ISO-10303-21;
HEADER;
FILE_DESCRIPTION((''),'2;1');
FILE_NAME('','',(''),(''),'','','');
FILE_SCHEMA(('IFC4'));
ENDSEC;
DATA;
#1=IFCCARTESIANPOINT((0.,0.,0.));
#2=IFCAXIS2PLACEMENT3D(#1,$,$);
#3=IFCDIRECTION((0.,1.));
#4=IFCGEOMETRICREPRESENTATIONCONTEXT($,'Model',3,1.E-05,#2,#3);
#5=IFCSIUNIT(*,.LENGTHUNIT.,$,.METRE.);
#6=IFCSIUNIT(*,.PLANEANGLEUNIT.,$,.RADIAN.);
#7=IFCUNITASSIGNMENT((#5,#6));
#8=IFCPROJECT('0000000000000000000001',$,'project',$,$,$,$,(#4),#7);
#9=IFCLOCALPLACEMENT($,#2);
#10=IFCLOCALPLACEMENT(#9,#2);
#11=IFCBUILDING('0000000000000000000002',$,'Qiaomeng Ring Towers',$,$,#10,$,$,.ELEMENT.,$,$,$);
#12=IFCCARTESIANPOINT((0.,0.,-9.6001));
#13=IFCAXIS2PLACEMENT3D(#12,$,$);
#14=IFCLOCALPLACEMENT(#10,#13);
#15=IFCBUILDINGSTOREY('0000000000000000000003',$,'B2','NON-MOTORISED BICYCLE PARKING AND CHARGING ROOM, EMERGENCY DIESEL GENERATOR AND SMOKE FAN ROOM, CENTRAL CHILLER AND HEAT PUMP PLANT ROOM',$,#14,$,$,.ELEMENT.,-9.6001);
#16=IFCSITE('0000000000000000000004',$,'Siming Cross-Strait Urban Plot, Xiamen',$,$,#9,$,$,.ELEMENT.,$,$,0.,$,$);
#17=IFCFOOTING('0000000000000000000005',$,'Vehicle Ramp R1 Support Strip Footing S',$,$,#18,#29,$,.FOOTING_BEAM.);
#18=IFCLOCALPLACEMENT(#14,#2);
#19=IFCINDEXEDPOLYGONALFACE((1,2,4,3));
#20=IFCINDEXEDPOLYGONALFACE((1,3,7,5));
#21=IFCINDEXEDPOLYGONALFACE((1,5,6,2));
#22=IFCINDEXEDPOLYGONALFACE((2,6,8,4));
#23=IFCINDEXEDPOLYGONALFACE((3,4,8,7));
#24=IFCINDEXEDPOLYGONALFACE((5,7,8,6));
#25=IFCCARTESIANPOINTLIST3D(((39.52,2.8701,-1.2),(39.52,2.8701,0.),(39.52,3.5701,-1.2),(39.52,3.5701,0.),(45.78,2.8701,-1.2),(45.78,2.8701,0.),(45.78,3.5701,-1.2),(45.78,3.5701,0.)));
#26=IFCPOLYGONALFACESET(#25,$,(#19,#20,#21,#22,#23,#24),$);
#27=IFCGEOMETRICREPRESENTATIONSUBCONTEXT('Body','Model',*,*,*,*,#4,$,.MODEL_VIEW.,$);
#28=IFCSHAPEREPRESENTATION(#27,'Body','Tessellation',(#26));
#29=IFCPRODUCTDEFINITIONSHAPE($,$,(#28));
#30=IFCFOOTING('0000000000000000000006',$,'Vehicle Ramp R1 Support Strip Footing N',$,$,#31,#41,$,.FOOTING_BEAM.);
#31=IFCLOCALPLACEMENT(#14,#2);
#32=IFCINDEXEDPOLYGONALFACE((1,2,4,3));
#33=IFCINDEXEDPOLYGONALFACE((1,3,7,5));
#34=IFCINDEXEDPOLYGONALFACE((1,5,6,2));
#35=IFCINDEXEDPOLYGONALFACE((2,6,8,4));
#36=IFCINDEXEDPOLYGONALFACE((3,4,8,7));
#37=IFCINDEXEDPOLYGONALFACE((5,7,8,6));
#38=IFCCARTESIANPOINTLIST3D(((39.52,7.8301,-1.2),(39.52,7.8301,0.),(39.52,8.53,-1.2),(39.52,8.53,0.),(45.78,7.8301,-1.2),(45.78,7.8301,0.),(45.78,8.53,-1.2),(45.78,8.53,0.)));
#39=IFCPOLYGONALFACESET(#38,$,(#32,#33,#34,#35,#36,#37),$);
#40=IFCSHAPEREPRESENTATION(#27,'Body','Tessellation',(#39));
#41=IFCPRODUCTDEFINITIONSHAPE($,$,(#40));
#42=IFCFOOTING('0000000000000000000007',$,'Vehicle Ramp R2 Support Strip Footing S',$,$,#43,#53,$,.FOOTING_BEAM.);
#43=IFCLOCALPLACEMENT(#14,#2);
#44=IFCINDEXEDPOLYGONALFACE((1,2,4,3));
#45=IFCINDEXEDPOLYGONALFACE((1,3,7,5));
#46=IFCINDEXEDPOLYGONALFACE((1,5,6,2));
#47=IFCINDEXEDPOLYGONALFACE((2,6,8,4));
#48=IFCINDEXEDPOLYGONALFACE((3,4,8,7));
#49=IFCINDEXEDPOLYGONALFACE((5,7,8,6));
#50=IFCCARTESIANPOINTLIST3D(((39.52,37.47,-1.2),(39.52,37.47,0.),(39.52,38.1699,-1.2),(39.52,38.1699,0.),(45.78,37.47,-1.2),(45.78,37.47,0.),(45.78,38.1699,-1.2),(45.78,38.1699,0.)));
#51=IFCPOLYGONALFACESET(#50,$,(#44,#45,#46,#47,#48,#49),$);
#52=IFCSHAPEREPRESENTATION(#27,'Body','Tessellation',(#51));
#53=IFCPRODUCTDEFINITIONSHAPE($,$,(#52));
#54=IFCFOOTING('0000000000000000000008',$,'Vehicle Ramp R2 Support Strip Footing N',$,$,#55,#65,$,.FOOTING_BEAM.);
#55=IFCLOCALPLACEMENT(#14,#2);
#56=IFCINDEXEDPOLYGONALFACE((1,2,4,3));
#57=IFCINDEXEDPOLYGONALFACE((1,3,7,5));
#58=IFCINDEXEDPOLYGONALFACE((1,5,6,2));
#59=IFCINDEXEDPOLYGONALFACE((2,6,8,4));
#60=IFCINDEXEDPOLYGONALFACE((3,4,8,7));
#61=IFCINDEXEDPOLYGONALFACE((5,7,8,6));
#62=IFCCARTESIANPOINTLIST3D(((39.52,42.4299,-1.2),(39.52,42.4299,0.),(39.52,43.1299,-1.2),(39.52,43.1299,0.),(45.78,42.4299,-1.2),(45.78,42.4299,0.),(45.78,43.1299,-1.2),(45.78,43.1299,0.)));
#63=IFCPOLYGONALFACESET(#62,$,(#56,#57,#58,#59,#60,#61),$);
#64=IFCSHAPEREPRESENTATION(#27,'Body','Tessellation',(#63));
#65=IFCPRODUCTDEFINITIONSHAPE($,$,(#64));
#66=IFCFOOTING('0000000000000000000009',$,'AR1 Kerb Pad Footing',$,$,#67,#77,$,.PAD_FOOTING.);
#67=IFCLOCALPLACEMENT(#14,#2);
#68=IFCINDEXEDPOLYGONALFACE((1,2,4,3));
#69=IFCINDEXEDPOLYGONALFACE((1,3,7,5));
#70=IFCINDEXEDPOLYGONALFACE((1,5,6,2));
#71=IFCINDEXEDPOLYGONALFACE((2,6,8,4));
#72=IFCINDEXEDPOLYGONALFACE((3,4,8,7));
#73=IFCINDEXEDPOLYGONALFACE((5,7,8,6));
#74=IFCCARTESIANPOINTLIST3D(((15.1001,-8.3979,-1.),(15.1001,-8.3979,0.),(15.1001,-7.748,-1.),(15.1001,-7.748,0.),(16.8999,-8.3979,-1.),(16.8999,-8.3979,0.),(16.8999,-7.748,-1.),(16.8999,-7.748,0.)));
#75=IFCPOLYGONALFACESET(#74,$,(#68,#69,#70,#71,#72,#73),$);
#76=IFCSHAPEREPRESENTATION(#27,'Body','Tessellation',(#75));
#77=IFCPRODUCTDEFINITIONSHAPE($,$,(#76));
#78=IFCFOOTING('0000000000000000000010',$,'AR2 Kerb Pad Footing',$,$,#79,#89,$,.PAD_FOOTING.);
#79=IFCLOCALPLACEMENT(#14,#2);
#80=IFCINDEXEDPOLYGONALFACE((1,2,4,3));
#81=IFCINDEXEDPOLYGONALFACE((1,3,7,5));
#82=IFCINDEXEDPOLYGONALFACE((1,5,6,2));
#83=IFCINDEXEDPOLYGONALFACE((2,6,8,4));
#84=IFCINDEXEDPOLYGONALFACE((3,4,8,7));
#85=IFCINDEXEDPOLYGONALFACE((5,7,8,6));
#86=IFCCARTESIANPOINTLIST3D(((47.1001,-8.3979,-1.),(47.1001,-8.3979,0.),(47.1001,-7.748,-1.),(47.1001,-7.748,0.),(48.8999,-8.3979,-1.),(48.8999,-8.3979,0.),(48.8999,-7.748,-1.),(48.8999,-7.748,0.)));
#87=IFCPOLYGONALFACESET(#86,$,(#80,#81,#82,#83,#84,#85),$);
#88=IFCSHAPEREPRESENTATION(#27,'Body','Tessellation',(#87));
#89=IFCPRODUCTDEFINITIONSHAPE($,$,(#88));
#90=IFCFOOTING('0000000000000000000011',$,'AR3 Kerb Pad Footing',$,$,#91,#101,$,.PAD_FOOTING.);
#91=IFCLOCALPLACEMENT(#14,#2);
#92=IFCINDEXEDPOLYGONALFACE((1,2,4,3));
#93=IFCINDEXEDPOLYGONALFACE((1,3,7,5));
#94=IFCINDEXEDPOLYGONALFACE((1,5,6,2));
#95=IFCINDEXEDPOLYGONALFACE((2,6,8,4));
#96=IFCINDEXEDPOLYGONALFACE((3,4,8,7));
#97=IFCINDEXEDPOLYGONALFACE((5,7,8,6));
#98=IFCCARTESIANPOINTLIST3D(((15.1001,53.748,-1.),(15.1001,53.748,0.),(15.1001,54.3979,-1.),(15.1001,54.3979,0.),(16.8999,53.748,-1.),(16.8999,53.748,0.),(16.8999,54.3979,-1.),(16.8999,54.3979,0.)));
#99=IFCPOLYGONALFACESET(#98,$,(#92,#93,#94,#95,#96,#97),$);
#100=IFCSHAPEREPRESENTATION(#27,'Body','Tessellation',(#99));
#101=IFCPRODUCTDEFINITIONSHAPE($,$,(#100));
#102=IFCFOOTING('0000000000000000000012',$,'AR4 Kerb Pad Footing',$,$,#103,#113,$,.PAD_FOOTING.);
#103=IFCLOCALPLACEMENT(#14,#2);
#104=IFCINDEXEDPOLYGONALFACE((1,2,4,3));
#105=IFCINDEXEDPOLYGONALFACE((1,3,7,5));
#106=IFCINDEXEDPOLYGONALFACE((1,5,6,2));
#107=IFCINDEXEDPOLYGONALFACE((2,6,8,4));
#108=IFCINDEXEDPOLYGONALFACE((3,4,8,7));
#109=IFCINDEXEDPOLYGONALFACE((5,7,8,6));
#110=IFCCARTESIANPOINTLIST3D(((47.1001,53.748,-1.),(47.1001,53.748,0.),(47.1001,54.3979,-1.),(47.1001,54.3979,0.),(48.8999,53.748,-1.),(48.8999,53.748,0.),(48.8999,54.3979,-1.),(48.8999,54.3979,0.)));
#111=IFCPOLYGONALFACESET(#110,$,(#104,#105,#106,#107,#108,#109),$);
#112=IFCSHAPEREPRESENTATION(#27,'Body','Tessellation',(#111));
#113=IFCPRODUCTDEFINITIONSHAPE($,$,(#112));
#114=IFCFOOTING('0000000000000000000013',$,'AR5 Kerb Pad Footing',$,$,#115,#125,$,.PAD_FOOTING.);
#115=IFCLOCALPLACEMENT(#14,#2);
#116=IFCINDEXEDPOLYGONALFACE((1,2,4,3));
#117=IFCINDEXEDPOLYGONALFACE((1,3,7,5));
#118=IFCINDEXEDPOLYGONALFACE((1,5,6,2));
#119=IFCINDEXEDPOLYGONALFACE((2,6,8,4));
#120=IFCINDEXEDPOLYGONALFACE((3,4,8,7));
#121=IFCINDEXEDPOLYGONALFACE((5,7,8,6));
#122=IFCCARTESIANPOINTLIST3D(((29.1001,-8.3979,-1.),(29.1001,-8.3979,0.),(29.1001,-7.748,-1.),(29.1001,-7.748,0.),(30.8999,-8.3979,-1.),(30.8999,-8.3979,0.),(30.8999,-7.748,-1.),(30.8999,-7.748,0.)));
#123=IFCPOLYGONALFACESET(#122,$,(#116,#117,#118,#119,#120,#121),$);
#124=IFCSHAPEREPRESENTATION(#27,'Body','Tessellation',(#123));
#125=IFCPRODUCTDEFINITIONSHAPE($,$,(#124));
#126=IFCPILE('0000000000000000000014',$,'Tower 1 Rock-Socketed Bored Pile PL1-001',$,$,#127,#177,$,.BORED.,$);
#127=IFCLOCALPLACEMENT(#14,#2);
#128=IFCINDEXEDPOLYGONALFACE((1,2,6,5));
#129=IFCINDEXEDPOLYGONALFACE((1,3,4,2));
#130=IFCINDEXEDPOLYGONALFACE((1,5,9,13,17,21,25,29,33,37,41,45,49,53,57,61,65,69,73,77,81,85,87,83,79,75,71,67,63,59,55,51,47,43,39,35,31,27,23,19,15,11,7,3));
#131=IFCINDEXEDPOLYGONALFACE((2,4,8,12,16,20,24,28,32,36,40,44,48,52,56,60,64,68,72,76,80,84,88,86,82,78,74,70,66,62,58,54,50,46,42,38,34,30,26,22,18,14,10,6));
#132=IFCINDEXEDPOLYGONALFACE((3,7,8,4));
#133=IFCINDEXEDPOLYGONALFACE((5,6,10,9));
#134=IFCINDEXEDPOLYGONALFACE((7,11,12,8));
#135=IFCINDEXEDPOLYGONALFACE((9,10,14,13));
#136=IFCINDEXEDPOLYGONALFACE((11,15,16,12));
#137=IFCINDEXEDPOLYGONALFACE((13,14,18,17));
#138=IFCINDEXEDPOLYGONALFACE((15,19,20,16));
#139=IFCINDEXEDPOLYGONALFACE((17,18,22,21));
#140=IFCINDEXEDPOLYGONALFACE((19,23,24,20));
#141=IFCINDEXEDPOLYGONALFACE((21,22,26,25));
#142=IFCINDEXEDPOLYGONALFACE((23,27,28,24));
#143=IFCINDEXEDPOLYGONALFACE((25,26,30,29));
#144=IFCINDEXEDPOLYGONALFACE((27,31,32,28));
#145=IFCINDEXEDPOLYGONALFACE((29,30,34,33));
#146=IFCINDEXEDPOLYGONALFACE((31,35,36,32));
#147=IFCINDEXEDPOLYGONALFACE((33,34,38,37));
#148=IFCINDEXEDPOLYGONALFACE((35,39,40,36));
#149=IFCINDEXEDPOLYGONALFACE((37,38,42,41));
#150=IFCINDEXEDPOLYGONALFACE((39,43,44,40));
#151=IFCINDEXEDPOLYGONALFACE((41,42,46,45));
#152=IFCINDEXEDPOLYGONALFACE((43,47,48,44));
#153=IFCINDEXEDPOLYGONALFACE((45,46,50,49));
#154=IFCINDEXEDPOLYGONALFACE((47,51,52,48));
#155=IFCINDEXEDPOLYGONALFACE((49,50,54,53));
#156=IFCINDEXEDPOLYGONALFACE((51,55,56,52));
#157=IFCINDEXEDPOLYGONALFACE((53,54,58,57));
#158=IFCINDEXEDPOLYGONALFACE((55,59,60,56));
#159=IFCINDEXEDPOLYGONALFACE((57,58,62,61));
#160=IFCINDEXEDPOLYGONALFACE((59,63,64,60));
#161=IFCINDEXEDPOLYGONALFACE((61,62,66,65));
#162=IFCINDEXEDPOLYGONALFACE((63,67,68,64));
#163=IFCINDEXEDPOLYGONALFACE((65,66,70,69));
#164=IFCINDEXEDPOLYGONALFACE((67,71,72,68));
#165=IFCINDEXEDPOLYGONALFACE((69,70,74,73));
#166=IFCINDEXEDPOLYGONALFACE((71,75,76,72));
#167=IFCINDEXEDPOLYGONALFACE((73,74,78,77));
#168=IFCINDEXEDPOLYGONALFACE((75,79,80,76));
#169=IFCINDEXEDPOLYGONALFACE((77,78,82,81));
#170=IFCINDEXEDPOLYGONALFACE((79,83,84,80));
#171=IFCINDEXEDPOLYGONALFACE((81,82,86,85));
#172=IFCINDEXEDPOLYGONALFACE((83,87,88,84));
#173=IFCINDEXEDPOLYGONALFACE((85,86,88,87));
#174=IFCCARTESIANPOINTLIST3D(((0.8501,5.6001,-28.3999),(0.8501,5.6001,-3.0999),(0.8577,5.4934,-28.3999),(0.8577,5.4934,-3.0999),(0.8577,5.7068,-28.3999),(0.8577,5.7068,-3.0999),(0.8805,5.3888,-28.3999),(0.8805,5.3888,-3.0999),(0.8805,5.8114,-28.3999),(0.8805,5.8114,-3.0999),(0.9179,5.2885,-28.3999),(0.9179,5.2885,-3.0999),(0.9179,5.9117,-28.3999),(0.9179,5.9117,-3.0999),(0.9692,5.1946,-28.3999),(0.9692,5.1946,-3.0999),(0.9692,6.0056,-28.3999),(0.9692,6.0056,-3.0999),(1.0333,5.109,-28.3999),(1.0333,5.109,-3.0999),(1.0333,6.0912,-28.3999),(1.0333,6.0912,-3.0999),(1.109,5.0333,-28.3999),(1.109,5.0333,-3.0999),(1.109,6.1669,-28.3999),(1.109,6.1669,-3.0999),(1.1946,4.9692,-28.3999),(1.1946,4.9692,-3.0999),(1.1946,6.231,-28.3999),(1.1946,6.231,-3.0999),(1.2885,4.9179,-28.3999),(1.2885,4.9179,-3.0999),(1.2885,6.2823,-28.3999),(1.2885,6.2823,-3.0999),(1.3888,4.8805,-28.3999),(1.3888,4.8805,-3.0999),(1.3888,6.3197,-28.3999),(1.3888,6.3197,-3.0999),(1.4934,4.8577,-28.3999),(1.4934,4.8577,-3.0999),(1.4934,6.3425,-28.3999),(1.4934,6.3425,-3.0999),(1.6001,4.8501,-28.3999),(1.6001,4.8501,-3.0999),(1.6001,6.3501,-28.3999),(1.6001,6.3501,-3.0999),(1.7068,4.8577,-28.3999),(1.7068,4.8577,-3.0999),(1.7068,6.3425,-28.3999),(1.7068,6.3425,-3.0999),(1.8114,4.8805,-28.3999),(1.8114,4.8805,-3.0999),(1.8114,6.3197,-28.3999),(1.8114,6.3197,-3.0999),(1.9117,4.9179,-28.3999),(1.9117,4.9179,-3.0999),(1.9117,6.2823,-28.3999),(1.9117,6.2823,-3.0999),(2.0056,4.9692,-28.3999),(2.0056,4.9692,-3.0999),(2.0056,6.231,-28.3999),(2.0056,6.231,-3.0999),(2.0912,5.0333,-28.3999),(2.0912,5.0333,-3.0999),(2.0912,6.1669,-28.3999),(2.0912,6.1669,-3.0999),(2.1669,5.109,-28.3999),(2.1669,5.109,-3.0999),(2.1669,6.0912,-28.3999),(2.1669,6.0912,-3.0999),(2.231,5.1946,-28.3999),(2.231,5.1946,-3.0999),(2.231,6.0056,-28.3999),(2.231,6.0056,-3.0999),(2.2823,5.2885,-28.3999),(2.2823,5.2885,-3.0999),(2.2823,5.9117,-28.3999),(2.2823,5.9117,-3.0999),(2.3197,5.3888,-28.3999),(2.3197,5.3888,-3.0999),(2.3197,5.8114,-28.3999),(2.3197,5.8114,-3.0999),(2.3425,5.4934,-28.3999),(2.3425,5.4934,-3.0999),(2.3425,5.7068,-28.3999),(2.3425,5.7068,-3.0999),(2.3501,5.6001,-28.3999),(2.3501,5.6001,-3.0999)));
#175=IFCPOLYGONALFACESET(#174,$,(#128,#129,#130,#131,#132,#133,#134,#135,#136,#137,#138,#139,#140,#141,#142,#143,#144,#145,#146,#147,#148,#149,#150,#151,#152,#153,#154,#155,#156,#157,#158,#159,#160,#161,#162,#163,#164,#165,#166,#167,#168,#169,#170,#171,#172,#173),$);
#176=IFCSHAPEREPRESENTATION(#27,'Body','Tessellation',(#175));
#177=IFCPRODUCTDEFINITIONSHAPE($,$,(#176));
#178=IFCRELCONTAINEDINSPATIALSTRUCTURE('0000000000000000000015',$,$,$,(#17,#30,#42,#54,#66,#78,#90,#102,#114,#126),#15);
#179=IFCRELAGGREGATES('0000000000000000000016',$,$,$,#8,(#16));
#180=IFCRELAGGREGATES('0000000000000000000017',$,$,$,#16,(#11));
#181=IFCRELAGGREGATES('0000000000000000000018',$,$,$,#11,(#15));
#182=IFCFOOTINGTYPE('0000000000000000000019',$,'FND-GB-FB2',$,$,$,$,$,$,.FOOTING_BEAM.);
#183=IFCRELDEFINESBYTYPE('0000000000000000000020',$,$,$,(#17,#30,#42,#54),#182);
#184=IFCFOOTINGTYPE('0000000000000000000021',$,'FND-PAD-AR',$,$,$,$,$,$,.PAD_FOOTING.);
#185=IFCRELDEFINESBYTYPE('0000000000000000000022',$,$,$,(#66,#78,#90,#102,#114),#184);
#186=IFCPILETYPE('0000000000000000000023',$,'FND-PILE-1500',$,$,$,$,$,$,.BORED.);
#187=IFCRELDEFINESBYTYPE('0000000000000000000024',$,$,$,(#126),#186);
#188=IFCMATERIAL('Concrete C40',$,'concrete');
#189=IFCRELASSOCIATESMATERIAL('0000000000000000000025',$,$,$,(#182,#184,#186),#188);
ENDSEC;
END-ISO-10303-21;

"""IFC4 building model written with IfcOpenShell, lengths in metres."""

from ifc_helpers import new_model, si_unit, direction, frame, origin, origin_2d, place, context, subcontext, project, spatial, polyline, circle, outline, extrude, source, transform, mapped, material, material_profile, profile_set, type_object, element, save


model = new_model("IFC4")

# Units and contexts
model_context = context("Model", 3, precision=1e-05, world=origin(), true_north=direction((0.0, 1.0)))
body_context = subcontext(model_context, "Body", "Model", "MODEL_VIEW")
ifc_project = project(units=[si_unit("LENGTHUNIT", "METRE"), si_unit("PLANEANGLEUNIT", "RADIAN")], contexts=[model_context])

# Site, building, storey
site_placement = place(None, origin())
site = spatial("IfcSite", under=ifc_project, at=site_placement, Name="Siming Cross-Strait Urban Plot, Xiamen", CompositionType="ELEMENT", RefElevation=0.0)
building_placement = place(site_placement, origin())
building = spatial("IfcBuilding", under=site, at=building_placement, Name="Qiaomeng Ring Towers", CompositionType="ELEMENT")
storey_placement = place(building_placement, frame((0.0, 0.0, -9.6001)))
storey = spatial("IfcBuildingStorey", under=building, at=storey_placement, Name="B2", Description="NON-MOTORISED BICYCLE PARKING AND CHARGING ROOM, EMERGENCY DIESEL GENERATOR AND SMOKE FAN ROOM, CENTRAL CHILLER AND HEAT PUMP PLANT ROOM", CompositionType="ELEMENT", Elevation=-9.6001)

# Footings
ifc_material_1 = material(Name="Concrete C40", Category="concrete")
footing_type_1 = type_object("IfcFootingType", Name="FND-GB-FB2", PredefinedType="FOOTING_BEAM", material=ifc_material_1)
footing_1_placement = place(storey_placement, frame((0.0, 0.0, -1.2)))
element("IfcFooting", 1, at=footing_1_placement, inside=storey, type_object=footing_type_1, Name="Vehicle Ramp R1 Support Strip Footing S", PredefinedType="FOOTING_BEAM", context=body_context, shape_type="SweptSolid", body=[
    extrude(outline(polyline([(39.52, 2.8701), (45.78, 2.8701), (45.78, 3.5701), (39.52, 3.5701), (39.52, 2.8701)])), origin(), (0.0, 0.0, 1.0), 1.2),
])
footing_2_placement = place(storey_placement, frame((0.0, 0.0, -1.2)))
element("IfcFooting", 2, at=footing_2_placement, inside=storey, type_object=footing_type_1, Name="Vehicle Ramp R1 Support Strip Footing N", PredefinedType="FOOTING_BEAM", context=body_context, shape_type="SweptSolid", body=[
    extrude(outline(polyline([(39.52, 7.8301), (45.78, 7.8301), (45.78, 8.53), (39.52, 8.53), (39.52, 7.8301)])), origin(), (0.0, 0.0, 1.0), 1.2),
])
footing_3_placement = place(storey_placement, frame((0.0, 0.0, -1.2)))
element("IfcFooting", 3, at=footing_3_placement, inside=storey, type_object=footing_type_1, Name="Vehicle Ramp R2 Support Strip Footing S", PredefinedType="FOOTING_BEAM", context=body_context, shape_type="SweptSolid", body=[
    extrude(outline(polyline([(39.52, 37.47), (45.78, 37.47), (45.78, 38.1699), (39.52, 38.1699), (39.52, 37.47)])), origin(), (0.0, 0.0, 1.0), 1.2),
])
footing_4_placement = place(storey_placement, frame((0.0, 0.0, -1.2)))
element("IfcFooting", 4, at=footing_4_placement, inside=storey, type_object=footing_type_1, Name="Vehicle Ramp R2 Support Strip Footing N", PredefinedType="FOOTING_BEAM", context=body_context, shape_type="SweptSolid", body=[
    extrude(outline(polyline([(39.52, 42.4299), (45.78, 42.4299), (45.78, 43.1299), (39.52, 43.1299), (39.52, 42.4299)])), origin(), (0.0, 0.0, 1.0), 1.2),
])
footing_type_2 = type_object("IfcFootingType", Name="FND-PAD-AR", PredefinedType="PAD_FOOTING", material=ifc_material_1)
footing_5_placement = place(storey_placement, frame((0.0, 0.0, -1.0)))
element("IfcFooting", 5, at=footing_5_placement, inside=storey, type_object=footing_type_2, Name="AR1 Kerb Pad Footing", PredefinedType="PAD_FOOTING", context=body_context, shape_type="SweptSolid", body=[
    extrude(outline(polyline([(15.1001, -8.3979), (16.8999, -8.3979), (16.8999, -7.748), (15.1001, -7.748), (15.1001, -8.3979)])), origin(), (0.0, 0.0, 1.0), 1.0),
])
footing_6_placement = place(storey_placement, frame((0.0, 0.0, -1.0)))
element("IfcFooting", 6, at=footing_6_placement, inside=storey, type_object=footing_type_2, Name="AR2 Kerb Pad Footing", PredefinedType="PAD_FOOTING", context=body_context, shape_type="SweptSolid", body=[
    extrude(outline(polyline([(47.1001, -8.3979), (48.8999, -8.3979), (48.8999, -7.748), (47.1001, -7.748), (47.1001, -8.3979)])), origin(), (0.0, 0.0, 1.0), 1.0),
])
footing_7_placement = place(storey_placement, frame((0.0, 0.0, -1.0)))
element("IfcFooting", 7, at=footing_7_placement, inside=storey, type_object=footing_type_2, Name="AR3 Kerb Pad Footing", PredefinedType="PAD_FOOTING", context=body_context, shape_type="SweptSolid", body=[
    extrude(outline(polyline([(15.1001, 53.748), (16.8999, 53.748), (16.8999, 54.3979), (15.1001, 54.3979), (15.1001, 53.748)])), origin(), (0.0, 0.0, 1.0), 1.0),
])
footing_8_placement = place(storey_placement, frame((0.0, 0.0, -1.0)))
element("IfcFooting", 8, at=footing_8_placement, inside=storey, type_object=footing_type_2, Name="AR4 Kerb Pad Footing", PredefinedType="PAD_FOOTING", context=body_context, shape_type="SweptSolid", body=[
    extrude(outline(polyline([(47.1001, 53.748), (48.8999, 53.748), (48.8999, 54.3979), (47.1001, 54.3979), (47.1001, 53.748)])), origin(), (0.0, 0.0, 1.0), 1.0),
])
footing_9_placement = place(storey_placement, frame((0.0, 0.0, -1.0)))
element("IfcFooting", 9, at=footing_9_placement, inside=storey, type_object=footing_type_2, Name="AR5 Kerb Pad Footing", PredefinedType="PAD_FOOTING", context=body_context, shape_type="SweptSolid", body=[
    extrude(outline(polyline([(29.1001, -8.3979), (30.8999, -8.3979), (30.8999, -7.748), (29.1001, -7.748), (29.1001, -8.3979)])), origin(), (0.0, 0.0, 1.0), 1.0),
])

# Pile
ifc_material_profile_1 = material_profile(ifc_material_1, circle(Radius=0.75, at=origin_2d()), Name="BORED PILE 1500")
ifc_profile_set_1 = profile_set([ifc_material_profile_1], Name="Concrete C40")
pile_type = type_object("IfcPileType", Name="FND-PILE-1500", PredefinedType="BORED", material=ifc_profile_set_1)
shared_shape_1 = source(origin(), body_context, "Body", "SweptSolid", [
    extrude(circle(Radius=0.75, at=origin_2d()), origin(), (0.0, 0.0, 1.0), 25.3),
])
for number, where, z_axis, x_axis, name in (
    (10, (1.6001, 5.6001, -3.0999), (0.0, 0.0, -1.0), (1.0, 0.0, 0.0), "Tower 1 Rock-Socketed Bored Pile PL1-001"),
):
    element("IfcPile", number, at=place(storey_placement, frame(where, z_axis=z_axis, x_axis=x_axis)), inside=storey, type_object=pile_type, Name=name, PredefinedType="BORED", context=body_context, shape_type="MappedRepresentation", body=[
        mapped(shared_shape_1, transform((0.0, 0.0, 0.0), x_axis=(1.0, 0.0, 0.0), y_axis=(0.0, 1.0, 0.0), z_axis=(0.0, 0.0, 1.0), scale=1.0)),
    ])

save(model, "model.ifc")
